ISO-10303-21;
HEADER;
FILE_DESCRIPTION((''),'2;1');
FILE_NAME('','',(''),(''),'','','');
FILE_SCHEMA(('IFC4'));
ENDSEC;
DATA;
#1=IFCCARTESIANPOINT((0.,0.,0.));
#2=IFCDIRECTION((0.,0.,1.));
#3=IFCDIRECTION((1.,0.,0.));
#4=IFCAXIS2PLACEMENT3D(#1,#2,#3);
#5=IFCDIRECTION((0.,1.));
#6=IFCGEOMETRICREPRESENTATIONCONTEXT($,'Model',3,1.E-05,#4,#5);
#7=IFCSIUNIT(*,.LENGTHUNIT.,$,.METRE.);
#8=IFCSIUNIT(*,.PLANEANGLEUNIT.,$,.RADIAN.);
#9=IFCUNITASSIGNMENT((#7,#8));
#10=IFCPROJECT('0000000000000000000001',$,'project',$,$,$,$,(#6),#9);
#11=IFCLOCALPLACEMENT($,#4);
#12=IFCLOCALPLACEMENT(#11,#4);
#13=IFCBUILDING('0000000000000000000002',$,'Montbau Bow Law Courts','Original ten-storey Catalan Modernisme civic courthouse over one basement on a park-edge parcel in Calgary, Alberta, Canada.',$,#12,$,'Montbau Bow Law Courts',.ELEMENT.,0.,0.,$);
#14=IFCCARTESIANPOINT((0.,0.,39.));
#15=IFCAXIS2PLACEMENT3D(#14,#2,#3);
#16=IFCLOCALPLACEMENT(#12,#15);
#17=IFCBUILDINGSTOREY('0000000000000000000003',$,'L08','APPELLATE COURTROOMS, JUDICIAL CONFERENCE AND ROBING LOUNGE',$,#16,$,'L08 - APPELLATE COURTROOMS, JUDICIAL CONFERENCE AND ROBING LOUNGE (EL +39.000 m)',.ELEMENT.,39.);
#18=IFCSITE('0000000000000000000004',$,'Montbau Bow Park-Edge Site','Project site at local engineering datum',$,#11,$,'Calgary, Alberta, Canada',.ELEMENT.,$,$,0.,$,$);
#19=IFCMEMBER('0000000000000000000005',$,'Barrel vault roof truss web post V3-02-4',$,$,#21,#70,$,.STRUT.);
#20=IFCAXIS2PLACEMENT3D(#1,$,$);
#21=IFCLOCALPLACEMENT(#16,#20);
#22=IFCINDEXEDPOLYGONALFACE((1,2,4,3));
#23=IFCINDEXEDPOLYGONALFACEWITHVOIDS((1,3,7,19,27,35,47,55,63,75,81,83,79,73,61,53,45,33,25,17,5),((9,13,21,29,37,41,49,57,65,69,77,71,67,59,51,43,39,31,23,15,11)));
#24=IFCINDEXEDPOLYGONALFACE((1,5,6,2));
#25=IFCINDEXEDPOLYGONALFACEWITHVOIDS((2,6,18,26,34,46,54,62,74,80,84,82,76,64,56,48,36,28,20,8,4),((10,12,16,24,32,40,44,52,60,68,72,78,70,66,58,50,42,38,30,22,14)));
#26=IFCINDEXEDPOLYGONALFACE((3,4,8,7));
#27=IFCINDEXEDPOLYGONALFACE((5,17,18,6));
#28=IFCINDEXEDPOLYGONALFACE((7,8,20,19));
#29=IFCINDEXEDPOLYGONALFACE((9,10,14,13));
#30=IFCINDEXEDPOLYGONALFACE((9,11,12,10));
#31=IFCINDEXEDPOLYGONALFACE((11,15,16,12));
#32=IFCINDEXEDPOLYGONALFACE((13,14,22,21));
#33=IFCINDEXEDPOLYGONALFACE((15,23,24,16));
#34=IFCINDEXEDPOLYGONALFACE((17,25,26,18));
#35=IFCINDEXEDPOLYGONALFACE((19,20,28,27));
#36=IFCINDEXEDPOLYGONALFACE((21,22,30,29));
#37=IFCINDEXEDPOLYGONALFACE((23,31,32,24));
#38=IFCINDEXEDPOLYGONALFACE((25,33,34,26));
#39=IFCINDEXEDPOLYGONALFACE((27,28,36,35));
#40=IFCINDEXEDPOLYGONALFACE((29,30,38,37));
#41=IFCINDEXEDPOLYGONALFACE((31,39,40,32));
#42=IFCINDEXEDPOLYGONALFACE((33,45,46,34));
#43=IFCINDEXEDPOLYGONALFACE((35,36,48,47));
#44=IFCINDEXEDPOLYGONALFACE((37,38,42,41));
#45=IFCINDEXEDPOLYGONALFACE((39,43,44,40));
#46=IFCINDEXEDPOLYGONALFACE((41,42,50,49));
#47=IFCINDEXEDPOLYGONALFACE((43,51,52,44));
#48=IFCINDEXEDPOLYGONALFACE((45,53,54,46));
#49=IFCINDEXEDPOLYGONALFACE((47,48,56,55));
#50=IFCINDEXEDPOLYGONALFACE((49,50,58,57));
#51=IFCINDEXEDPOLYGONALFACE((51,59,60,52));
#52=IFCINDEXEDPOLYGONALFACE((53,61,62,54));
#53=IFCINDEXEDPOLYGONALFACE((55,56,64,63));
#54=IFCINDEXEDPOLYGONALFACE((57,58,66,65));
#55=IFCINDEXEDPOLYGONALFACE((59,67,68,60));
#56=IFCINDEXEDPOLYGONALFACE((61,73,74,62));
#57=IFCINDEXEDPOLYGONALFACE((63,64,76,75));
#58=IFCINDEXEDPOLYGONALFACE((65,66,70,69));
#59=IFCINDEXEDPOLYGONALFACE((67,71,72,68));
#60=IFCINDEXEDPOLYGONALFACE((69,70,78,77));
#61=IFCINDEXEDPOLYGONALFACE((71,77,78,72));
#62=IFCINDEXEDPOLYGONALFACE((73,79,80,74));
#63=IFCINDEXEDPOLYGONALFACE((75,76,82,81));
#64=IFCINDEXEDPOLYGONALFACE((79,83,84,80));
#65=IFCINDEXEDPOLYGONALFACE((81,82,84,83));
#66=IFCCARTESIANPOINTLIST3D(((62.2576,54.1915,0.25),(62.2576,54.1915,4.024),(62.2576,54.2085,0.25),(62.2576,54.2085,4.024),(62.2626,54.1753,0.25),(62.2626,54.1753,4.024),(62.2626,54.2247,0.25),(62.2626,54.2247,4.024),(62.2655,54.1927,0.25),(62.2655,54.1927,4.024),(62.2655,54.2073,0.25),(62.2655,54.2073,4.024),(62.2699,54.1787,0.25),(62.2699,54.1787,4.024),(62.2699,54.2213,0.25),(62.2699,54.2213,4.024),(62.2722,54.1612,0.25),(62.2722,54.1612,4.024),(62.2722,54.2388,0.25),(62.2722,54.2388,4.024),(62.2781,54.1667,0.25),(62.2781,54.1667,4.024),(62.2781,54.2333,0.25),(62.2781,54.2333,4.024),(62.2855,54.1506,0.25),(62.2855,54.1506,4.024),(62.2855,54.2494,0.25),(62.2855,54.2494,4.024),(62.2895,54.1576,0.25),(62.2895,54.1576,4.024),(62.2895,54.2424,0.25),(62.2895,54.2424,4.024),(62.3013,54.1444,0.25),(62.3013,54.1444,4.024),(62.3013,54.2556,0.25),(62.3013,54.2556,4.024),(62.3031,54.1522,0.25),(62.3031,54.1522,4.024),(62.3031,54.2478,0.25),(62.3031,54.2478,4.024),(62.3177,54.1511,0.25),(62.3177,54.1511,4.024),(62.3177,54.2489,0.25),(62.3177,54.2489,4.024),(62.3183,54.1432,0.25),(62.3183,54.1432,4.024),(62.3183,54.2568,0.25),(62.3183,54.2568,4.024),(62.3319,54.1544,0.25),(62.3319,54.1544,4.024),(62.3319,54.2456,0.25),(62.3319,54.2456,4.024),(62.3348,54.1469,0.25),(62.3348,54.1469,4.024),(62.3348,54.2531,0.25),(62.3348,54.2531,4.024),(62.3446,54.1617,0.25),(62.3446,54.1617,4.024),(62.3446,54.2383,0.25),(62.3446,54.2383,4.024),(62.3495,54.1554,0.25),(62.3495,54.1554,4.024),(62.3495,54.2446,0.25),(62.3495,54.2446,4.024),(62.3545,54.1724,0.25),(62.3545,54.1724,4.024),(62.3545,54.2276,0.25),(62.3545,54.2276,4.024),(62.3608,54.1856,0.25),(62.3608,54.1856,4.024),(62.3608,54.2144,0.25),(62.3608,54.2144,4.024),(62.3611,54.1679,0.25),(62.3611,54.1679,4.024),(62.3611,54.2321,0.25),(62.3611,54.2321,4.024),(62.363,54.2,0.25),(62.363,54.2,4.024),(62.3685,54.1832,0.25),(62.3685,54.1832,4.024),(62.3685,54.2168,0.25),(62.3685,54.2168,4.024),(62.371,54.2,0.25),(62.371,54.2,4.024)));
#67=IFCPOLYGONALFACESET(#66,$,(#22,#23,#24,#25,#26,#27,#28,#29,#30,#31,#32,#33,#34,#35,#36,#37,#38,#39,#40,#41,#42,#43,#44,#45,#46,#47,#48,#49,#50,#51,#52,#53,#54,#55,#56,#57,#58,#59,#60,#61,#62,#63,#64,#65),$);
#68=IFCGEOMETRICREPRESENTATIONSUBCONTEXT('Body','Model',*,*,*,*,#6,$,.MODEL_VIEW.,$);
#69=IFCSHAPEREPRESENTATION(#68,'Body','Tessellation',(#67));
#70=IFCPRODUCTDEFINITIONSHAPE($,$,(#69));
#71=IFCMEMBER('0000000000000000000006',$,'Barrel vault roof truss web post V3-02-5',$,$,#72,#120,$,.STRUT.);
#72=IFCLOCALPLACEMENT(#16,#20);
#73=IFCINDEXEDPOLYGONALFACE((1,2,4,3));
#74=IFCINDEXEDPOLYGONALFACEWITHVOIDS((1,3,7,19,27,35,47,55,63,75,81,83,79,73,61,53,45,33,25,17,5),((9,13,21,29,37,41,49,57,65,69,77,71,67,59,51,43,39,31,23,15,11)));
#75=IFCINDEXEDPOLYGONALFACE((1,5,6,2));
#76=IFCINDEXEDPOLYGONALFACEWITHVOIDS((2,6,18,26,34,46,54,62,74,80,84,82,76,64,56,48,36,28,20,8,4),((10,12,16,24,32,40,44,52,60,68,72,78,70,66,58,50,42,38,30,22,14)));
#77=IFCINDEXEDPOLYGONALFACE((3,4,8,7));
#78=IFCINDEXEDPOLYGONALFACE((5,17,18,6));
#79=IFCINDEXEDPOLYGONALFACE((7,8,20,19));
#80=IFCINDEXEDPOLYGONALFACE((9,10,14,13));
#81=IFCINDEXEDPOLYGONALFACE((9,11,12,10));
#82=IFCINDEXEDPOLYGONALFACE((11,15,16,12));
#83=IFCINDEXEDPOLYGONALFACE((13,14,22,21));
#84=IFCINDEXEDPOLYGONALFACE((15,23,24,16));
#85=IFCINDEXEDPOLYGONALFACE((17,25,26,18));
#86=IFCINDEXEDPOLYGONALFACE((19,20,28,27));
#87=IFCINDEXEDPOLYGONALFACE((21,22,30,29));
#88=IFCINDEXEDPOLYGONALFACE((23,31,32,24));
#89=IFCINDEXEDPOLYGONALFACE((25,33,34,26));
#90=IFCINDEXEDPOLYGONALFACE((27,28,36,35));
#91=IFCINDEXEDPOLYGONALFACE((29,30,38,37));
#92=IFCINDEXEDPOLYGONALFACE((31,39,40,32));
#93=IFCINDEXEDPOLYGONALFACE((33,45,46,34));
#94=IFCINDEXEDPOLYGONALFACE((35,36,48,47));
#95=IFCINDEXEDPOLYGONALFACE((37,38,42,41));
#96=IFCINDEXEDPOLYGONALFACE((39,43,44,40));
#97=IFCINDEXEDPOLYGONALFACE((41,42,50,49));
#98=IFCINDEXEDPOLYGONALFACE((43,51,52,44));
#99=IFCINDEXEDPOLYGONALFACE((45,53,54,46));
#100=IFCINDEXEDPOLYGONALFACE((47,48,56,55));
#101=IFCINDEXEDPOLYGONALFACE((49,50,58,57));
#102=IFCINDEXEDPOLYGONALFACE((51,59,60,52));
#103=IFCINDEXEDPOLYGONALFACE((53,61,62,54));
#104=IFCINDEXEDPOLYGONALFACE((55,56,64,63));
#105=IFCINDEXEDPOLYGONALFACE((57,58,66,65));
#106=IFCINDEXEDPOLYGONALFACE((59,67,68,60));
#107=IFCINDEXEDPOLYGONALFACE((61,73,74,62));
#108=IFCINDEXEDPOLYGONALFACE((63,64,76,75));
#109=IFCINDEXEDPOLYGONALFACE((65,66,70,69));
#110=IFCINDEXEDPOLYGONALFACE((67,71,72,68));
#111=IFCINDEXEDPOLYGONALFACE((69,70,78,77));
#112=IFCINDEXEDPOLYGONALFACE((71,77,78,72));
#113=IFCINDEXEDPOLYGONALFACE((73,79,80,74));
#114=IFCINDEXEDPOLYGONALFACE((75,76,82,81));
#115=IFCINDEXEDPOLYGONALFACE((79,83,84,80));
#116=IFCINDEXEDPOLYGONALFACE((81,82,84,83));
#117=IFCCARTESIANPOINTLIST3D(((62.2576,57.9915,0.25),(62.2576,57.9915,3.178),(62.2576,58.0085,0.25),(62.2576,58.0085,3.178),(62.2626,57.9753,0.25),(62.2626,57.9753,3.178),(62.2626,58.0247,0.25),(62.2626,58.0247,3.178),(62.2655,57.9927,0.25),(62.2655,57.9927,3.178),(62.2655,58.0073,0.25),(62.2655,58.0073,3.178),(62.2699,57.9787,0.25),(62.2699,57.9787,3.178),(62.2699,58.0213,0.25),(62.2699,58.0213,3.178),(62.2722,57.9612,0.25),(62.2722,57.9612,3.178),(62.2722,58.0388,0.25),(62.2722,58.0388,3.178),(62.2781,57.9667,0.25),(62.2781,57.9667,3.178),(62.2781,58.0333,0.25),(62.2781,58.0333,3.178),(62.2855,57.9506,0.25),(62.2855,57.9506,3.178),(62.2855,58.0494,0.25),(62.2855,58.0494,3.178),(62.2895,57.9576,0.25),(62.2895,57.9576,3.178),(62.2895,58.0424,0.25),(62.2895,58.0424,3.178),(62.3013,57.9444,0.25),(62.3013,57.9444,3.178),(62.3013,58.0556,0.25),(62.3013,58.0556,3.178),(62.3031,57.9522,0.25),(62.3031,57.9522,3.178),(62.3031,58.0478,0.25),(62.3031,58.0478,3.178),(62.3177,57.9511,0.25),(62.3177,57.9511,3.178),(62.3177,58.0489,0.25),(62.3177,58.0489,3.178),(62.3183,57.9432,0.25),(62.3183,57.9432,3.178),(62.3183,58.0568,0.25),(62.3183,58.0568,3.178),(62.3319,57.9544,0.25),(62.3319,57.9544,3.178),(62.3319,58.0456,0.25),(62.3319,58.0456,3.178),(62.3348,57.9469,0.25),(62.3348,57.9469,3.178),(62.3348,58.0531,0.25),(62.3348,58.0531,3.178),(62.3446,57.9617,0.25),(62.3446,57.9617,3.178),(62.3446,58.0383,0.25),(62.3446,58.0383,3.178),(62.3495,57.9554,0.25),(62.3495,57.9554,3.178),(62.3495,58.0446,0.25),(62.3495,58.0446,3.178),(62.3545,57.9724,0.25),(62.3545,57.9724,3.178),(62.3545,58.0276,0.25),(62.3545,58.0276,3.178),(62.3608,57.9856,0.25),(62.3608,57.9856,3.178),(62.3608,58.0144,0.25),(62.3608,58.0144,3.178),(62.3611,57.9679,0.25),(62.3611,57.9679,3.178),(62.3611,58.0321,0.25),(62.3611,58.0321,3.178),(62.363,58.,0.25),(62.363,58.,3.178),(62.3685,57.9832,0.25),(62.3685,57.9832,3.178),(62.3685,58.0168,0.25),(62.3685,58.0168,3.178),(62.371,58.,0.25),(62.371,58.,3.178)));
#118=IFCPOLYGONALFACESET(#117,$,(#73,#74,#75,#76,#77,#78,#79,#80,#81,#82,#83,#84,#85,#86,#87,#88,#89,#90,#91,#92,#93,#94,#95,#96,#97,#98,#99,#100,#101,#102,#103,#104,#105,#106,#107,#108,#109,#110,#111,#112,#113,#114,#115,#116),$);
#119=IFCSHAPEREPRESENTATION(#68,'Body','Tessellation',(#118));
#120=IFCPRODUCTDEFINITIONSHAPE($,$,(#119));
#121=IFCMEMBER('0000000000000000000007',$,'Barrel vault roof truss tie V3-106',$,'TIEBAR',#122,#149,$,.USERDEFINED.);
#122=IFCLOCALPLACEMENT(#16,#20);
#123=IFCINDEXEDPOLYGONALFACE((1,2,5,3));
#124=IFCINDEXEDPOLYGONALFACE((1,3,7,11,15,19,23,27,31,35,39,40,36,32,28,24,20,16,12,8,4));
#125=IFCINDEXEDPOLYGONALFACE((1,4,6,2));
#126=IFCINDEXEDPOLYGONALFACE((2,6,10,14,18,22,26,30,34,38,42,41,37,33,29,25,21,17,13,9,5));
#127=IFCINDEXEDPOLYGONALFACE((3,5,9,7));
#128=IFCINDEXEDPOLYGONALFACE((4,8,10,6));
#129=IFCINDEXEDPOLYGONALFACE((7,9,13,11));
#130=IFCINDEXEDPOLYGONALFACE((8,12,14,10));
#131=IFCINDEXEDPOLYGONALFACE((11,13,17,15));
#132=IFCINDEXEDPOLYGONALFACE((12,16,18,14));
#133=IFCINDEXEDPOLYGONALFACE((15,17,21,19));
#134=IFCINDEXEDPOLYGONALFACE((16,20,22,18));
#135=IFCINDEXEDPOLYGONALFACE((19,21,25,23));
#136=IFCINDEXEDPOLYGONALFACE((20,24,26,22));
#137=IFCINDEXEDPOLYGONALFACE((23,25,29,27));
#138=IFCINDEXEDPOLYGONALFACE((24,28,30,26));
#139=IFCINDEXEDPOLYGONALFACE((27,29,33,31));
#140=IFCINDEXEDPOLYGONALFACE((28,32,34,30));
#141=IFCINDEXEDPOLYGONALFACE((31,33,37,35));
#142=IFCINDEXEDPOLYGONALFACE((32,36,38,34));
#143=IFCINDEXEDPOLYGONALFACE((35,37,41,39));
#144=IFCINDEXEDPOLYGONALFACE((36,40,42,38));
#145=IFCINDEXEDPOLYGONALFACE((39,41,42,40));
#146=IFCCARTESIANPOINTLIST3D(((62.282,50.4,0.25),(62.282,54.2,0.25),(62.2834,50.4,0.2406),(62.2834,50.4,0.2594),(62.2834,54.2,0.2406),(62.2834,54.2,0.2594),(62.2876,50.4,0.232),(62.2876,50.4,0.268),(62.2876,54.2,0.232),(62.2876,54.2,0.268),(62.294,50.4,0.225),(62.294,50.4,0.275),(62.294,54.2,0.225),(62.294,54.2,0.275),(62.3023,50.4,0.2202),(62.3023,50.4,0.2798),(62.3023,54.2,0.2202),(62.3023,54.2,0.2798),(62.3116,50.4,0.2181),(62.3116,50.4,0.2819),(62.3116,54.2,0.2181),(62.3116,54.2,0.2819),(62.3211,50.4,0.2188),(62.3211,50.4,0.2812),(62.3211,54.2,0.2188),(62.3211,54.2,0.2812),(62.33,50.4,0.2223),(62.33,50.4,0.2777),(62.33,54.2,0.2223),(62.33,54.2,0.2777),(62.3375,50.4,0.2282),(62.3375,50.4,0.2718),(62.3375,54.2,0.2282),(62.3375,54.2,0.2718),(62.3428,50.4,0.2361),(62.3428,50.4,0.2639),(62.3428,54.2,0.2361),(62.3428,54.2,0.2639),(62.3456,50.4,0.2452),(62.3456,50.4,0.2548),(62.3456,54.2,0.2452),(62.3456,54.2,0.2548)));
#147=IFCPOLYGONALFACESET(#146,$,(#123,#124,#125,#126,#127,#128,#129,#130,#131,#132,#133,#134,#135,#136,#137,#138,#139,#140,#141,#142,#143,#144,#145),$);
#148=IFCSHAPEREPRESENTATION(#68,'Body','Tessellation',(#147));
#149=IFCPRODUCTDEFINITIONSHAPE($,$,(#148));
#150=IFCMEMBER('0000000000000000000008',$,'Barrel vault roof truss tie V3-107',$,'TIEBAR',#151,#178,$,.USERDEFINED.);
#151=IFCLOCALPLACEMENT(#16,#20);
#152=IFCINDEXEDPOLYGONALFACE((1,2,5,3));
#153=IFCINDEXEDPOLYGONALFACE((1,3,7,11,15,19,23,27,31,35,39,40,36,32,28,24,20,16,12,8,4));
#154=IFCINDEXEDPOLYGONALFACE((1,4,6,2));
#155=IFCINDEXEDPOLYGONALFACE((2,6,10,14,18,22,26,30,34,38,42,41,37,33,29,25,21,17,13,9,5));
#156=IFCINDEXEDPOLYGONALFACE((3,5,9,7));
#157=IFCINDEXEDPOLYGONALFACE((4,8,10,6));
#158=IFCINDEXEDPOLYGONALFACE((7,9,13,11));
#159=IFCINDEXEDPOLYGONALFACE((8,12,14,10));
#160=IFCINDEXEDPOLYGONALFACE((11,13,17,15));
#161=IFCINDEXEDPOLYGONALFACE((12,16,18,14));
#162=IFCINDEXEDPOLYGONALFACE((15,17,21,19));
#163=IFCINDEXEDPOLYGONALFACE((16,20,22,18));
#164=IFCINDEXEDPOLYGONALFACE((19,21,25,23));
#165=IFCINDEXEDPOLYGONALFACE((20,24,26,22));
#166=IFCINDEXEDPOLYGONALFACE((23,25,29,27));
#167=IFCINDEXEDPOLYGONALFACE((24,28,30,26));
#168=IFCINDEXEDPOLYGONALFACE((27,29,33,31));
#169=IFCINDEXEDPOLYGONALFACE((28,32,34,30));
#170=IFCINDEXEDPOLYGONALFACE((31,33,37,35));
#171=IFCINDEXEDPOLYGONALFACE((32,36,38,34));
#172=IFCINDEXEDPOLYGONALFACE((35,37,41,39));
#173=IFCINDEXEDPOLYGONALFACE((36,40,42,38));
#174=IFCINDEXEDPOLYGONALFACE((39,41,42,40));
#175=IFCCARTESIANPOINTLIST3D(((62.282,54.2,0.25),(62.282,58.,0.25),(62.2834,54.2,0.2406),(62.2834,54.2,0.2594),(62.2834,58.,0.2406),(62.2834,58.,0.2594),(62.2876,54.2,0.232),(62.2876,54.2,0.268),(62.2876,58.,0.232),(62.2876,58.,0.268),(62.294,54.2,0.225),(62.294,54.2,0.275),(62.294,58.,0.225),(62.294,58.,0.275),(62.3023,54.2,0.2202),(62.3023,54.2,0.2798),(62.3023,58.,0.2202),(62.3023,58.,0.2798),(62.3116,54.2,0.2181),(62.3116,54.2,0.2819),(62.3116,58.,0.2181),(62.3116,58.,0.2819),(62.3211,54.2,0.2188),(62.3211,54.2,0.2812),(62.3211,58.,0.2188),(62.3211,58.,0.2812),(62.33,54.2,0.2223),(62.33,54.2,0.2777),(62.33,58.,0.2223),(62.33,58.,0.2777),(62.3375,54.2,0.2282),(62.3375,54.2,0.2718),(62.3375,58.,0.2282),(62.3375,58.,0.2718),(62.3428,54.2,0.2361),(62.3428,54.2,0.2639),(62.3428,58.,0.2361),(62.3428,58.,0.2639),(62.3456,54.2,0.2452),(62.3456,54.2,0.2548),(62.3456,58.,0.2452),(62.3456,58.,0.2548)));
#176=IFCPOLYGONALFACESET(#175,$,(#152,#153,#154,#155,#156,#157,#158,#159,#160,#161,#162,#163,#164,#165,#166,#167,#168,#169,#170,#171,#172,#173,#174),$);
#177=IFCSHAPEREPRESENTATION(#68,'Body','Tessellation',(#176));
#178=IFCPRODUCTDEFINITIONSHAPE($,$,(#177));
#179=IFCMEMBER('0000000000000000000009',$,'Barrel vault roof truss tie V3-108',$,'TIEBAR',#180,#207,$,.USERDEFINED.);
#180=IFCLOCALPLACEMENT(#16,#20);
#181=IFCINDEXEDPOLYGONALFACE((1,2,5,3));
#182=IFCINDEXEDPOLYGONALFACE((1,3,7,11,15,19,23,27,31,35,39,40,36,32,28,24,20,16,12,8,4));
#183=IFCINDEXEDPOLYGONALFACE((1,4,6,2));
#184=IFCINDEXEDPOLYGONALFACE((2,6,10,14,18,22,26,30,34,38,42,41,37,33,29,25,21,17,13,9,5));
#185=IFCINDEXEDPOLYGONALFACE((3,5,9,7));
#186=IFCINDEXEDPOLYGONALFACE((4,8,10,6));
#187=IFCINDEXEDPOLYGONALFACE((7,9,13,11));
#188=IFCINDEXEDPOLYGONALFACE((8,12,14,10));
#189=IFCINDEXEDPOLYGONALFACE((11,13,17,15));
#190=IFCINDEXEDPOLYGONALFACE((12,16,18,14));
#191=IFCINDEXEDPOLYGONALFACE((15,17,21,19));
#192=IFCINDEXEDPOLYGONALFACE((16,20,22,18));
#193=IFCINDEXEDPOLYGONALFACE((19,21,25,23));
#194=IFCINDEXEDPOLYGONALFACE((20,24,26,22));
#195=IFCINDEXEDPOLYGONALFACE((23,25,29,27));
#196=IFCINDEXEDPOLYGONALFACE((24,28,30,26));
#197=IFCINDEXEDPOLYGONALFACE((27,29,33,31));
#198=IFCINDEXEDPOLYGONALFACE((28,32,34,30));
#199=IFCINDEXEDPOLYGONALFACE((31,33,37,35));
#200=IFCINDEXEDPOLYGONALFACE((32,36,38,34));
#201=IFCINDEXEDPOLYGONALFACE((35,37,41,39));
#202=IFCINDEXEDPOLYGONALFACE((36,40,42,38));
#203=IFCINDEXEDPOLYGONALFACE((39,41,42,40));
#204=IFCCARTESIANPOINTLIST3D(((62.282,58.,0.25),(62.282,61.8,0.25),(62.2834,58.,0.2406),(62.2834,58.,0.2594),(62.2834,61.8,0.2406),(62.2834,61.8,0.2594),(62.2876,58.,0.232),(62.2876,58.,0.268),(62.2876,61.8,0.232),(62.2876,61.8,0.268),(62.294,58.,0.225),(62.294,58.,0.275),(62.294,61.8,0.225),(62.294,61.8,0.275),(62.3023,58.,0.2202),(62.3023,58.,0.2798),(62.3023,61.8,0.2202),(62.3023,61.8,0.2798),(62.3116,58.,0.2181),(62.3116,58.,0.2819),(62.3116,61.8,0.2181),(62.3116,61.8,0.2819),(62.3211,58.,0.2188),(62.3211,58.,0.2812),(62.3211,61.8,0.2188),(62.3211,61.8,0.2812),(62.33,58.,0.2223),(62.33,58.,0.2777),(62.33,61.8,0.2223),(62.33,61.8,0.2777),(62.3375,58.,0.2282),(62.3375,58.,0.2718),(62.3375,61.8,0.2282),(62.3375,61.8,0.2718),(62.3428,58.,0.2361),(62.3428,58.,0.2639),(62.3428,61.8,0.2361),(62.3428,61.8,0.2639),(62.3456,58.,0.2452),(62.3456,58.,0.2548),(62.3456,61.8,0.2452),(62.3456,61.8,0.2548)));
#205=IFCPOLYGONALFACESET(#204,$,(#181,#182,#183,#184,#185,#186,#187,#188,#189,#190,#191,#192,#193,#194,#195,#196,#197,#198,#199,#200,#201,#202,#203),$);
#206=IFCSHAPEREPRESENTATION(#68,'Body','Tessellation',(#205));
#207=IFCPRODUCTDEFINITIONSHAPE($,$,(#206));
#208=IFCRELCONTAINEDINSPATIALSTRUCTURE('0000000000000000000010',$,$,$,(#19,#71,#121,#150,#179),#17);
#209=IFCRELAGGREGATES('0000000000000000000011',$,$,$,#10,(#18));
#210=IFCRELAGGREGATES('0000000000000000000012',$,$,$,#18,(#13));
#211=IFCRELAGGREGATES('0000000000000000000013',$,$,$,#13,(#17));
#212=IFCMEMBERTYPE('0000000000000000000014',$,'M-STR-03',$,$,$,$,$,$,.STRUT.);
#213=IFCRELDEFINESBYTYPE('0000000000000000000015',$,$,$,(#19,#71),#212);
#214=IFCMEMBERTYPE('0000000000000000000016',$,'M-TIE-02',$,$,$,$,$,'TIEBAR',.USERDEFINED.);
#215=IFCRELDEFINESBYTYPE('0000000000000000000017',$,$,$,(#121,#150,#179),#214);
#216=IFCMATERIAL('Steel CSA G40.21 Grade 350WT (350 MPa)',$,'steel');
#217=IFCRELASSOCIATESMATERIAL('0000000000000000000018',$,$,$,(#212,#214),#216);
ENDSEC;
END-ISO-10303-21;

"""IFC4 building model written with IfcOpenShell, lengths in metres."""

from ifc_helpers import new_model, si_unit, direction, frame, origin_with_axes, origin_2d_with_axis, place, context, subcontext, project, spatial, circle, hollow_circle, extrude, material, material_profile, profile_set, type_object, element, save


model = new_model("IFC4")

# Units and contexts
model_context = context("Model", 3, precision=1e-05, world=origin_with_axes(), true_north=direction((0.0, 1.0)))
body_context = subcontext(model_context, "Body", "Model", "MODEL_VIEW")
ifc_project = project(units=[si_unit("LENGTHUNIT", "METRE"), si_unit("PLANEANGLEUNIT", "RADIAN")], contexts=[model_context])

# Site, building, storey
site_placement = place(None, origin_with_axes())
site = spatial("IfcSite", under=ifc_project, at=site_placement, Name="Montbau Bow Park-Edge Site", Description="Project site at local engineering datum", LongName="Calgary, Alberta, Canada", CompositionType="ELEMENT", RefElevation=0.0)
building_placement = place(site_placement, origin_with_axes())
building = spatial("IfcBuilding", under=site, at=building_placement, Name="Montbau Bow Law Courts", Description="Original ten-storey Catalan Modernisme civic courthouse over one basement on a park-edge parcel in Calgary, Alberta, Canada.", LongName="Montbau Bow Law Courts", CompositionType="ELEMENT", ElevationOfRefHeight=0.0, ElevationOfTerrain=0.0)
storey_placement = place(building_placement, frame((0.0, 0.0, 39.0), z_axis=(0.0, 0.0, 1.0), x_axis=(1.0, 0.0, 0.0)))
storey = spatial("IfcBuildingStorey", under=building, at=storey_placement, Name="L08", Description="APPELLATE COURTROOMS, JUDICIAL CONFERENCE AND ROBING LOUNGE", LongName="L08 - APPELLATE COURTROOMS, JUDICIAL CONFERENCE AND ROBING LOUNGE (EL +39.000 m)", CompositionType="ELEMENT", Elevation=39.0)

# Shared definitions
ifc_material_1 = material(Name="Steel CSA G40.21 Grade 350WT (350 MPa)", Category="steel")

# Members
ifc_material_profile_1 = material_profile(ifc_material_1, hollow_circle(Radius=0.057, WallThickness=0.008, at=origin_2d_with_axis()), Name="HSS114X8.0", Category="Main", Priority=0)
ifc_profile_set_1 = profile_set([ifc_material_profile_1], Name="Steel CSA G40.21 Grade 350WT (350 MPa)")
member_type_1 = type_object("IfcMemberType", Name="M-STR-03", PredefinedType="STRUT", material=ifc_profile_set_1)
member_1_placement = place(None, frame((62.314, 54.2, 39.25), z_axis=(0.0, 0.0, 1.0), x_axis=(1.0, 0.0, 0.0)))
element("IfcMember", 1, at=member_1_placement, inside=storey, type_object=member_type_1, Name="Barrel vault roof truss web post V3-02-4", PredefinedType="STRUT", context=body_context, shape_type="SweptSolid", body=[
    extrude(hollow_circle(Radius=0.057, WallThickness=0.008, at=origin_2d_with_axis()), origin_with_axes(), (0.0, 0.0, 1.0), 3.774),
])
member_2_placement = place(None, frame((62.314, 58.0, 39.25), z_axis=(0.0, 0.0, 1.0), x_axis=(1.0, 0.0, 0.0)))
element("IfcMember", 2, at=member_2_placement, inside=storey, type_object=member_type_1, Name="Barrel vault roof truss web post V3-02-5", PredefinedType="STRUT", context=body_context, shape_type="SweptSolid", body=[
    extrude(hollow_circle(Radius=0.057, WallThickness=0.008, at=origin_2d_with_axis()), origin_with_axes(), (0.0, 0.0, 1.0), 2.928),
])
ifc_material_profile_2 = material_profile(ifc_material_1, circle(Radius=0.032, at=origin_2d_with_axis()), Name="ROD64", Category="Main", Priority=0)
ifc_profile_set_2 = profile_set([ifc_material_profile_2], Name="Steel CSA G40.21 Grade 350WT (350 MPa)")
member_type_2 = type_object("IfcMemberType", Name="M-TIE-02", ElementType="TIEBAR", PredefinedType="USERDEFINED", material=ifc_profile_set_2)
for number, where, z_axis, x_axis, name in (
    (3, (62.314, 50.4, 39.25), (0.0, 1.0, 0.0), (-1.0, 0.0, 0.0), "Barrel vault roof truss tie V3-106"),
    (4, (62.314, 54.2, 39.25), (0.0, 1.0, 0.0), (-1.0, 0.0, 0.0), "Barrel vault roof truss tie V3-107"),
    (5, (62.314, 58.0, 39.25), (0.0, 1.0, 0.0), (-1.0, 0.0, 0.0), "Barrel vault roof truss tie V3-108"),
):
    element("IfcMember", number, at=place(None, frame(where, z_axis=z_axis, x_axis=x_axis)), inside=storey, type_object=member_type_2, Name=name, ObjectType="TIEBAR", PredefinedType="USERDEFINED", context=body_context, shape_type="SweptSolid", body=[
        extrude(circle(Radius=0.032, at=origin_2d_with_axis()), origin_with_axes(), (0.0, 0.0, 1.0), 3.8),
    ])

save(model, "model.ifc")
